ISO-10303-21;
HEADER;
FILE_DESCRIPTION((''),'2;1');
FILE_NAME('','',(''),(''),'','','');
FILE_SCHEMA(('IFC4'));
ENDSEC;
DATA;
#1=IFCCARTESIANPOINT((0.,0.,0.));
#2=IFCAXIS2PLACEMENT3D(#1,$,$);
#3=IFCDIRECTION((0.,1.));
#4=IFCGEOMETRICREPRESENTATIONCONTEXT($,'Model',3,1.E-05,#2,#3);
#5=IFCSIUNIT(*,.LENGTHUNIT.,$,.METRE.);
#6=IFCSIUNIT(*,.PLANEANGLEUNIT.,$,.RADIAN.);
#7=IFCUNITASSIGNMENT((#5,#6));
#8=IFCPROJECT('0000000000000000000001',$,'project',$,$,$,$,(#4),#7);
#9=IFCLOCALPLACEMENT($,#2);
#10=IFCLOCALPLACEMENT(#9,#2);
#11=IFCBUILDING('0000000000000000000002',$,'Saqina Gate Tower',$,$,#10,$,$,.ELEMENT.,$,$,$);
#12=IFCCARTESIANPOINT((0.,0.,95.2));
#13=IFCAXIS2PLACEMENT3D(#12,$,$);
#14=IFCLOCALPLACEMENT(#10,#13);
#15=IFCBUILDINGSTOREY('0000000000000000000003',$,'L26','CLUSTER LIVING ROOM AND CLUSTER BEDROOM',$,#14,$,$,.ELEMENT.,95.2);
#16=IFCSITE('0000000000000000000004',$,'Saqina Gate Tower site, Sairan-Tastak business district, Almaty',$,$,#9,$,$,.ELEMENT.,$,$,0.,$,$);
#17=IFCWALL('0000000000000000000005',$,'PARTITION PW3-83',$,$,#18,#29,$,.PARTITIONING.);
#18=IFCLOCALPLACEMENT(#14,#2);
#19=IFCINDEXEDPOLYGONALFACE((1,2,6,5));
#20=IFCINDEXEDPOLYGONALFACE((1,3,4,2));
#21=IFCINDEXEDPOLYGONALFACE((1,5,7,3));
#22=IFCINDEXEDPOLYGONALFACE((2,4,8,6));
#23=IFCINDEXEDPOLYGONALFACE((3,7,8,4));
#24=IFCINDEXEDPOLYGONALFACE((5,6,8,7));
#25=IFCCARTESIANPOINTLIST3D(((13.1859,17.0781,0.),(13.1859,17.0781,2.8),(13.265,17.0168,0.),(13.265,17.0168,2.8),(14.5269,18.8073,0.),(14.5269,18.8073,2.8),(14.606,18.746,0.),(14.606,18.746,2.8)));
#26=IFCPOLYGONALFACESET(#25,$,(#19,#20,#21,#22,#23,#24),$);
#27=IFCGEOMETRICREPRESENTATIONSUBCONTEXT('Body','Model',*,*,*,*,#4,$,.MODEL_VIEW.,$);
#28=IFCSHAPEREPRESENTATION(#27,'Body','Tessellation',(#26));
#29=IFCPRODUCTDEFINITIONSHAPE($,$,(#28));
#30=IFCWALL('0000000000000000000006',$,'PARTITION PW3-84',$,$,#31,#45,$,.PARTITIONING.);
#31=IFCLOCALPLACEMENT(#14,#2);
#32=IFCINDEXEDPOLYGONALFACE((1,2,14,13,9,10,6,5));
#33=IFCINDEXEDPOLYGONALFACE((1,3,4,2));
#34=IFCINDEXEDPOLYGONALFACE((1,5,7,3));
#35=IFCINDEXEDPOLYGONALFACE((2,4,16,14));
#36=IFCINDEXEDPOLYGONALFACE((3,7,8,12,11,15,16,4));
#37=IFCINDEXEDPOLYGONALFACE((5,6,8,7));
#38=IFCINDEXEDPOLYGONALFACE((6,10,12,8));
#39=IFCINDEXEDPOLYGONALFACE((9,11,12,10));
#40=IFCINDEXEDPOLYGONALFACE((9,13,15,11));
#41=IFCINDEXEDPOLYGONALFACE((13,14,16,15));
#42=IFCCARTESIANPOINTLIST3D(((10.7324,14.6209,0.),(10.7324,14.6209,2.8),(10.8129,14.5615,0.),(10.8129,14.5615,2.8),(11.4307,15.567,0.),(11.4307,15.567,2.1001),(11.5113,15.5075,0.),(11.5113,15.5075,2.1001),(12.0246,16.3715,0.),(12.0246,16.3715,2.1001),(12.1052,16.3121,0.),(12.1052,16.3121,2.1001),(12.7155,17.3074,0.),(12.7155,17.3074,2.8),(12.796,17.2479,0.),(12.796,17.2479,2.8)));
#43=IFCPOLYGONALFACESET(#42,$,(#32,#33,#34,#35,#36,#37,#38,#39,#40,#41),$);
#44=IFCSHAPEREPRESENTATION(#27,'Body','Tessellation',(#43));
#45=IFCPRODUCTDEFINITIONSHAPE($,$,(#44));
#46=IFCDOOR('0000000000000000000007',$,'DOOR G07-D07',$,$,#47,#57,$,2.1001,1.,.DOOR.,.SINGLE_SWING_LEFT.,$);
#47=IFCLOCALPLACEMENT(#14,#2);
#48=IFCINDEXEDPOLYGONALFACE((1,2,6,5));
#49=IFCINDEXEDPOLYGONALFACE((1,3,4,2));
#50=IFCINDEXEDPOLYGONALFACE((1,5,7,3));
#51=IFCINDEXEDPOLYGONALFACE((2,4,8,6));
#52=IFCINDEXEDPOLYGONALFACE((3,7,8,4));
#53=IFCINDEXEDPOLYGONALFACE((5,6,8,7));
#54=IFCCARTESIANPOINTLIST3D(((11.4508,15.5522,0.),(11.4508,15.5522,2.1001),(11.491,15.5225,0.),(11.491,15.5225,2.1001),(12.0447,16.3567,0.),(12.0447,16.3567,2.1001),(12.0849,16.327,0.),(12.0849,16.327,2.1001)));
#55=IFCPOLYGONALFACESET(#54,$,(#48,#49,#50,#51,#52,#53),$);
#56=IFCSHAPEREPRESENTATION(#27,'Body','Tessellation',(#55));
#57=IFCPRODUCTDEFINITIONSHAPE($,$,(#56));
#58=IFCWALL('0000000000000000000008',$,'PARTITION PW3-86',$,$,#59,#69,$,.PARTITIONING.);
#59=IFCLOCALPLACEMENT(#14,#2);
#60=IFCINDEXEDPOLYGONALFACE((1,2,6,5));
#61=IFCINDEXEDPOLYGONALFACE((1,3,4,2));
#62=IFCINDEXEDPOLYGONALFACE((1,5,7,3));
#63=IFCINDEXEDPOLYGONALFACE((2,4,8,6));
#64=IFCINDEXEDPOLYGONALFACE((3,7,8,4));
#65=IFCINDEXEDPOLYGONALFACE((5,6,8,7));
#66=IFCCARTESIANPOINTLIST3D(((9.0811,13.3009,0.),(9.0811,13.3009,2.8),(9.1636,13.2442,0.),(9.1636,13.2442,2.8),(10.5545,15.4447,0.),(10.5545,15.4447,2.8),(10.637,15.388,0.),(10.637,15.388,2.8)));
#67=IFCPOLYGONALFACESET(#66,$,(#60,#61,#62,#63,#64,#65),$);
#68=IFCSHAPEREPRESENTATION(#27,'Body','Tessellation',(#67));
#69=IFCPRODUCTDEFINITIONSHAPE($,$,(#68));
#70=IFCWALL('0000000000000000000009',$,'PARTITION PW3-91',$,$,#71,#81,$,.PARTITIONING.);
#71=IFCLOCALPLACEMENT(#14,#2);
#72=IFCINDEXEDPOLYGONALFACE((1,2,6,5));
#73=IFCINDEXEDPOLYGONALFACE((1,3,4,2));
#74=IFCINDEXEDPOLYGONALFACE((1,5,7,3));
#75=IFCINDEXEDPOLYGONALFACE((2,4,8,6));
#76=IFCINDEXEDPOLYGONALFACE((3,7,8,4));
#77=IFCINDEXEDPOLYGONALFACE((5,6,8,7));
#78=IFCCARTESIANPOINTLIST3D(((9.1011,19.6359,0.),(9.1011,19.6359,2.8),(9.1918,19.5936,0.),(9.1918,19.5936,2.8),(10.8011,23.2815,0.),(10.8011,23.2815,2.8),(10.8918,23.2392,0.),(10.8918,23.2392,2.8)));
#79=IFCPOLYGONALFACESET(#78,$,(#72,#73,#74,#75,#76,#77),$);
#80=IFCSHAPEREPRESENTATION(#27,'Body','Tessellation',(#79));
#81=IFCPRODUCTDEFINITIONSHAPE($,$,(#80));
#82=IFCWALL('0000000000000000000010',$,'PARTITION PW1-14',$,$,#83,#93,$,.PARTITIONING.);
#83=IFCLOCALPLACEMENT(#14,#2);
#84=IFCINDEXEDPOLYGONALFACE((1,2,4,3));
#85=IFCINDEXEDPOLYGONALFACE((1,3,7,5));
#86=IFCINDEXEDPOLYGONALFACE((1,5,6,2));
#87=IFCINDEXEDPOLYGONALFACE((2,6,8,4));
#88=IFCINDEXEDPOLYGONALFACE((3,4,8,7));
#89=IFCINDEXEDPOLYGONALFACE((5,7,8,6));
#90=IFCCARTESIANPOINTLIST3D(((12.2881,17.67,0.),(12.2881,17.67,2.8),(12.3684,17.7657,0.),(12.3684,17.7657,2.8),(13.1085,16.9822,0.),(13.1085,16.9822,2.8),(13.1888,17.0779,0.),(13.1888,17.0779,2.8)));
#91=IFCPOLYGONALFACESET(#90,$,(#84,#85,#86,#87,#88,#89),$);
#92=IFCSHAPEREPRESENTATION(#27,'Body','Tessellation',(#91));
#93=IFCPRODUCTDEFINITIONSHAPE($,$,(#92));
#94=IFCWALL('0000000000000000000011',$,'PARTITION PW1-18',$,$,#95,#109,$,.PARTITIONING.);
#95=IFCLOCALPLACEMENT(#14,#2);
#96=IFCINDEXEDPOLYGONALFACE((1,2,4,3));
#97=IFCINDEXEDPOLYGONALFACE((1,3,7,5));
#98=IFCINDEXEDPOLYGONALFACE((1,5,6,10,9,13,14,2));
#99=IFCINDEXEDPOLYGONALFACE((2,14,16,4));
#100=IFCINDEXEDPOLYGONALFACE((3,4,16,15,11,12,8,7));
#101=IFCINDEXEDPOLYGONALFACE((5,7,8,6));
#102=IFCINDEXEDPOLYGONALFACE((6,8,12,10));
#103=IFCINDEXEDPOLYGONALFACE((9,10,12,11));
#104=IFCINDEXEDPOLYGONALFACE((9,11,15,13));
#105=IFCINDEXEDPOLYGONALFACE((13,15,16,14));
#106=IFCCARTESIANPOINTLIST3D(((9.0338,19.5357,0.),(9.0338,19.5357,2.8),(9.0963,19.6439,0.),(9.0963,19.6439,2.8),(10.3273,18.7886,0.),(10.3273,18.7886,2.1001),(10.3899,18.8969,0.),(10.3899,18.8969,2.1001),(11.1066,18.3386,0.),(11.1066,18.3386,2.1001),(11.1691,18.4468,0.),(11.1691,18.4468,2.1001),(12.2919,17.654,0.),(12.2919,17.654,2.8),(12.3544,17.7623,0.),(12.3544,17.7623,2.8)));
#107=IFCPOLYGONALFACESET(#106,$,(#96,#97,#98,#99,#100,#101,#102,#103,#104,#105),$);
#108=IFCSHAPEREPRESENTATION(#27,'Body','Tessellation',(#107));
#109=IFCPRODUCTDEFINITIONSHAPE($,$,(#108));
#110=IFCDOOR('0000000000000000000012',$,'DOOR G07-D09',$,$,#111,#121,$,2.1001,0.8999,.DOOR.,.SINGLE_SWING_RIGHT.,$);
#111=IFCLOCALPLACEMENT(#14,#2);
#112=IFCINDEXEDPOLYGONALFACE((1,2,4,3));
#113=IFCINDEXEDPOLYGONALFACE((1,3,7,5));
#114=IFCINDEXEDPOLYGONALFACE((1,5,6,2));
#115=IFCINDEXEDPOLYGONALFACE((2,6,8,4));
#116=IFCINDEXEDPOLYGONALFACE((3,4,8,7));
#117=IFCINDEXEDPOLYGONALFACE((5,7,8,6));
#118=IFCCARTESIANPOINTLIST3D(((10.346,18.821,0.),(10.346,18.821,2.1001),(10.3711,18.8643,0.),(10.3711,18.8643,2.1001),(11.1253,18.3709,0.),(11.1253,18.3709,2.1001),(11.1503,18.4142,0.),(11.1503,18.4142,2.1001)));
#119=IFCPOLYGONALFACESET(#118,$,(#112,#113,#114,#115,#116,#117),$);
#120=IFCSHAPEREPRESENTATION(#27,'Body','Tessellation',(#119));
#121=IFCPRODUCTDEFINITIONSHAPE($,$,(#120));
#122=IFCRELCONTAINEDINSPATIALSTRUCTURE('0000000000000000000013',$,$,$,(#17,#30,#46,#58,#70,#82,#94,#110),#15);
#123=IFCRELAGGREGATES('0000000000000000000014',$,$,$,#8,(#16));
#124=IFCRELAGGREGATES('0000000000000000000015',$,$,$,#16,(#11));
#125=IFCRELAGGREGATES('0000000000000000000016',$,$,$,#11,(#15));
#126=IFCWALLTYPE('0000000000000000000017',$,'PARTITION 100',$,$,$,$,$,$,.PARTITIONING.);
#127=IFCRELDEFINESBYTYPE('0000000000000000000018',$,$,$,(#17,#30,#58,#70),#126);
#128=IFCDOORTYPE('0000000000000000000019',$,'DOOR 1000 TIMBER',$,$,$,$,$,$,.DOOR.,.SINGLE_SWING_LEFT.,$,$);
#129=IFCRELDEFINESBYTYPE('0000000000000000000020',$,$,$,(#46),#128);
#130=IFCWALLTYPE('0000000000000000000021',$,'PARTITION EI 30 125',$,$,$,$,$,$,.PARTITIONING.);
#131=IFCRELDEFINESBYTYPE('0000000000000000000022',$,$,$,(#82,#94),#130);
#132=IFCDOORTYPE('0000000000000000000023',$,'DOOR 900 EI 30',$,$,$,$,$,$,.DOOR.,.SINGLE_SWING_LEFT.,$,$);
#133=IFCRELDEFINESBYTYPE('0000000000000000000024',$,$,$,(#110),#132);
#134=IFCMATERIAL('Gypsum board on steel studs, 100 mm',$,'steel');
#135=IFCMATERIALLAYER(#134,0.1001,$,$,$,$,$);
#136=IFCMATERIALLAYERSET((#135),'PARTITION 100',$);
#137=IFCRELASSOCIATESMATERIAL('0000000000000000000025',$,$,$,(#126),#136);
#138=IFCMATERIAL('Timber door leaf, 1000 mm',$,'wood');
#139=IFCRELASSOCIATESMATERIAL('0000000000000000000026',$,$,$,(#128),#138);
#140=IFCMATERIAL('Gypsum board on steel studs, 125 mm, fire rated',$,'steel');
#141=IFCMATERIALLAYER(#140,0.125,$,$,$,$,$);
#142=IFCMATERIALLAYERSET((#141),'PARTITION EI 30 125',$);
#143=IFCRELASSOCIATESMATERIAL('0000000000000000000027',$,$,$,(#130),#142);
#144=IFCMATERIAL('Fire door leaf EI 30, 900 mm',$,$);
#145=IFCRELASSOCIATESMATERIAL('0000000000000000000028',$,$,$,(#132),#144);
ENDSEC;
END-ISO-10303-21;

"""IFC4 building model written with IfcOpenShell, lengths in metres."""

from ifc_helpers import new_model, si_unit, direction, frame, frame_2d, origin, place, context, subcontext, project, spatial, rectangle, extrude, material, layer, layer_set, type_object, element, fill, save


model = new_model("IFC4")

# Units and contexts
model_context = context("Model", 3, precision=1e-05, world=origin(), true_north=direction((0.0, 1.0)))
body_context = subcontext(model_context, "Body", "Model", "MODEL_VIEW")
ifc_project = project(units=[si_unit("LENGTHUNIT", "METRE"), si_unit("PLANEANGLEUNIT", "RADIAN")], contexts=[model_context])

# Site, building, storey
site_placement = place(None, origin())
site = spatial("IfcSite", under=ifc_project, at=site_placement, Name="Saqina Gate Tower site, Sairan-Tastak business district, Almaty", CompositionType="ELEMENT", RefElevation=0.0)
building_placement = place(site_placement, origin())
building = spatial("IfcBuilding", under=site, at=building_placement, Name="Saqina Gate Tower", CompositionType="ELEMENT")
storey_placement = place(building_placement, frame((0.0, 0.0, 95.2)))
storey = spatial("IfcBuildingStorey", under=building, at=storey_placement, Name="L26", Description="CLUSTER LIVING ROOM AND CLUSTER BEDROOM", CompositionType="ELEMENT", Elevation=95.2)

# Shared definitions
ifc_material_1 = material(Name="Gypsum board on steel studs, 100 mm", Category="steel")
ifc_layer_1 = layer(ifc_material_1, 0.1001)
ifc_layer_set_1 = layer_set([ifc_layer_1], Name="PARTITION 100")
wall_type_1 = type_object("IfcWallType", Name="PARTITION 100", PredefinedType="PARTITIONING", material=ifc_layer_set_1)

# Wall
wall_1_placement = place(storey_placement, frame((13.2253, 17.0474, 0.0), z_axis=(0.0, 0.0, 1.0), x_axis=(0.612828, 0.790216, 0.0)))
element("IfcWall", 1, at=wall_1_placement, inside=storey, type_object=wall_type_1, Name="PARTITION PW3-83", PredefinedType="PARTITIONING", context=body_context, shape_type="SweptSolid", body=[
    extrude(rectangle(XDim=2.1882, YDim=0.1001, at=frame_2d((1.0942, 0.0))), origin(), (0.0, 0.0, 1.0), 2.8),
])

# Wall, opening, door
wall_2_placement = place(storey_placement, frame((10.7727, 14.5913, 0.0), z_axis=(0.0, 0.0, 1.0), x_axis=(0.5939, 0.804539, 0.0)))
wall_2 = element("IfcWall", 2, at=wall_2_placement, inside=storey, type_object=wall_type_1, Name="PARTITION PW3-84", PredefinedType="PARTITIONING", context=body_context, shape_type="SweptSolid", body=[
    extrude(rectangle(XDim=3.3391, YDim=0.1001, at=frame_2d((1.6694, 0.0))), origin(), (0.0, 0.0, 1.0), 2.8),
])
opening_1_placement = place(wall_2_placement, frame((1.1758, 0.0, 0.0)))
opening_1 = element("IfcOpeningElement", 3, at=opening_1_placement, cuts=wall_2, PredefinedType="OPENING", context=body_context, shape_type="SweptSolid", body=[
    extrude(rectangle(XDim=1.0, YDim=2.1001, at=frame_2d((0.5, 1.05))), frame((0.0, 0.062, 0.0), z_axis=(0.0, -1.0, 0.0), x_axis=(1.0, 0.0, 0.0)), (0.0, 0.0, 1.0), 0.124),
])
ifc_material_2 = material(Name="Timber door leaf, 1000 mm", Category="wood")
door_type_1 = type_object("IfcDoorType", Name="DOOR 1000 TIMBER", OperationType="SINGLE_SWING_LEFT", PredefinedType="DOOR", material=ifc_material_2)
door_1_placement = place(opening_1_placement, frame((1.0, 0.0, 0.0), z_axis=(0.0, 0.0, 1.0), x_axis=(-1.0, 0.0, 0.0)))
door_1 = element("IfcDoor", 4, at=door_1_placement, inside=storey, type_object=door_type_1, Name="DOOR G07-D07", OperationType="SINGLE_SWING_LEFT", OverallHeight=2.1001, OverallWidth=1.0, PredefinedType="DOOR", context=body_context, shape_type="SweptSolid", body=[
    extrude(rectangle(XDim=1.0, YDim=2.1001, at=frame_2d((0.5, 1.05))), frame((0.0, 0.0249, 0.0), z_axis=(0.0, -1.0, 0.0), x_axis=(1.0, 0.0, 0.0)), (0.0, 0.0, 1.0), 0.05),
])
fill(opening_1, door_1)

# Walls
wall_3_placement = place(storey_placement, frame((9.1223, 13.2725, 0.0), z_axis=(0.0, 0.0, 1.0), x_axis=(0.566405, 0.824127, 0.0)))
element("IfcWall", 5, at=wall_3_placement, inside=storey, type_object=wall_type_1, Name="PARTITION PW3-86", PredefinedType="PARTITIONING", context=body_context, shape_type="SweptSolid", body=[
    extrude(rectangle(XDim=2.6013, YDim=0.1001, at=frame_2d((1.3008, 0.0))), origin(), (0.0, 0.0, 1.0), 2.8),
])
wall_4_placement = place(storey_placement, frame((9.1465, 19.6147, 0.0), z_axis=(0.0, 0.0, 1.0), x_axis=(0.422623, 0.906306, 0.0)))
element("IfcWall", 6, at=wall_4_placement, inside=storey, type_object=wall_type_1, Name="PARTITION PW3-91", PredefinedType="PARTITIONING", context=body_context, shape_type="SweptSolid", body=[
    extrude(rectangle(XDim=4.0225, YDim=0.1001, at=frame_2d((2.0112, 0.0))), origin(), (0.0, 0.0, 1.0), 2.8),
])
ifc_material_3 = material(Name="Gypsum board on steel studs, 125 mm, fire rated", Category="steel")
ifc_layer_2 = layer(ifc_material_3, 0.125)
ifc_layer_set_2 = layer_set([ifc_layer_2], Name="PARTITION EI 30 125")
wall_type_2 = type_object("IfcWallType", Name="PARTITION EI 30 125", PredefinedType="PARTITIONING", material=ifc_layer_set_2)
wall_5_placement = place(storey_placement, frame((12.3284, 17.7178, 0.0), z_axis=(0.0, 0.0, 1.0), x_axis=(0.766311, -0.64247, 0.0)))
element("IfcWall", 7, at=wall_5_placement, inside=storey, type_object=wall_type_2, Name="PARTITION PW1-14", PredefinedType="PARTITIONING", context=body_context, shape_type="SweptSolid", body=[
    extrude(rectangle(XDim=1.0706, YDim=0.125, at=frame_2d((0.5352, 0.0))), origin(), (0.0, 0.0, 1.0), 2.8),
])

# Wall, opening, door
wall_6_placement = place(storey_placement, frame((9.0649, 19.5898, 0.0), z_axis=(0.0, 0.0, 1.0), x_axis=(0.865962, -0.50011, 0.0)))
wall_6 = element("IfcWall", 8, at=wall_6_placement, inside=storey, type_object=wall_type_2, Name="PARTITION PW1-18", PredefinedType="PARTITIONING", context=body_context, shape_type="SweptSolid", body=[
    extrude(rectangle(XDim=3.7625, YDim=0.125, at=frame_2d((1.8813, 0.0))), origin(), (0.0, 0.0, 1.0), 2.8),
])
opening_2_placement = place(wall_6_placement, frame((1.4939, 0.0, 0.0)))
opening_2 = element("IfcOpeningElement", 9, at=opening_2_placement, cuts=wall_6, PredefinedType="OPENING", context=body_context, shape_type="SweptSolid", body=[
    extrude(rectangle(XDim=0.8999, YDim=2.1001, at=frame_2d((0.45, 1.05))), frame((0.0, 0.0745, 0.0), z_axis=(0.0, -1.0, 0.0), x_axis=(1.0, 0.0, 0.0)), (0.0, 0.0, 1.0), 0.1489),
])
ifc_material_4 = material(Name="Fire door leaf EI 30, 900 mm")
door_type_2 = type_object("IfcDoorType", Name="DOOR 900 EI 30", OperationType="SINGLE_SWING_LEFT", PredefinedType="DOOR", material=ifc_material_4)
door_2_placement = place(opening_2_placement, origin())
door_2 = element("IfcDoor", 10, at=door_2_placement, inside=storey, type_object=door_type_2, Name="DOOR G07-D09", OperationType="SINGLE_SWING_RIGHT", OverallHeight=2.1001, OverallWidth=0.8999, PredefinedType="DOOR", context=body_context, shape_type="SweptSolid", body=[
    extrude(rectangle(XDim=0.8999, YDim=2.1001, at=frame_2d((0.45, 1.05))), frame((0.0, 0.0249, 0.0), z_axis=(0.0, -1.0, 0.0), x_axis=(1.0, 0.0, 0.0)), (0.0, 0.0, 1.0), 0.05),
])
fill(opening_2, door_2)

save(model, "model.ifc")
